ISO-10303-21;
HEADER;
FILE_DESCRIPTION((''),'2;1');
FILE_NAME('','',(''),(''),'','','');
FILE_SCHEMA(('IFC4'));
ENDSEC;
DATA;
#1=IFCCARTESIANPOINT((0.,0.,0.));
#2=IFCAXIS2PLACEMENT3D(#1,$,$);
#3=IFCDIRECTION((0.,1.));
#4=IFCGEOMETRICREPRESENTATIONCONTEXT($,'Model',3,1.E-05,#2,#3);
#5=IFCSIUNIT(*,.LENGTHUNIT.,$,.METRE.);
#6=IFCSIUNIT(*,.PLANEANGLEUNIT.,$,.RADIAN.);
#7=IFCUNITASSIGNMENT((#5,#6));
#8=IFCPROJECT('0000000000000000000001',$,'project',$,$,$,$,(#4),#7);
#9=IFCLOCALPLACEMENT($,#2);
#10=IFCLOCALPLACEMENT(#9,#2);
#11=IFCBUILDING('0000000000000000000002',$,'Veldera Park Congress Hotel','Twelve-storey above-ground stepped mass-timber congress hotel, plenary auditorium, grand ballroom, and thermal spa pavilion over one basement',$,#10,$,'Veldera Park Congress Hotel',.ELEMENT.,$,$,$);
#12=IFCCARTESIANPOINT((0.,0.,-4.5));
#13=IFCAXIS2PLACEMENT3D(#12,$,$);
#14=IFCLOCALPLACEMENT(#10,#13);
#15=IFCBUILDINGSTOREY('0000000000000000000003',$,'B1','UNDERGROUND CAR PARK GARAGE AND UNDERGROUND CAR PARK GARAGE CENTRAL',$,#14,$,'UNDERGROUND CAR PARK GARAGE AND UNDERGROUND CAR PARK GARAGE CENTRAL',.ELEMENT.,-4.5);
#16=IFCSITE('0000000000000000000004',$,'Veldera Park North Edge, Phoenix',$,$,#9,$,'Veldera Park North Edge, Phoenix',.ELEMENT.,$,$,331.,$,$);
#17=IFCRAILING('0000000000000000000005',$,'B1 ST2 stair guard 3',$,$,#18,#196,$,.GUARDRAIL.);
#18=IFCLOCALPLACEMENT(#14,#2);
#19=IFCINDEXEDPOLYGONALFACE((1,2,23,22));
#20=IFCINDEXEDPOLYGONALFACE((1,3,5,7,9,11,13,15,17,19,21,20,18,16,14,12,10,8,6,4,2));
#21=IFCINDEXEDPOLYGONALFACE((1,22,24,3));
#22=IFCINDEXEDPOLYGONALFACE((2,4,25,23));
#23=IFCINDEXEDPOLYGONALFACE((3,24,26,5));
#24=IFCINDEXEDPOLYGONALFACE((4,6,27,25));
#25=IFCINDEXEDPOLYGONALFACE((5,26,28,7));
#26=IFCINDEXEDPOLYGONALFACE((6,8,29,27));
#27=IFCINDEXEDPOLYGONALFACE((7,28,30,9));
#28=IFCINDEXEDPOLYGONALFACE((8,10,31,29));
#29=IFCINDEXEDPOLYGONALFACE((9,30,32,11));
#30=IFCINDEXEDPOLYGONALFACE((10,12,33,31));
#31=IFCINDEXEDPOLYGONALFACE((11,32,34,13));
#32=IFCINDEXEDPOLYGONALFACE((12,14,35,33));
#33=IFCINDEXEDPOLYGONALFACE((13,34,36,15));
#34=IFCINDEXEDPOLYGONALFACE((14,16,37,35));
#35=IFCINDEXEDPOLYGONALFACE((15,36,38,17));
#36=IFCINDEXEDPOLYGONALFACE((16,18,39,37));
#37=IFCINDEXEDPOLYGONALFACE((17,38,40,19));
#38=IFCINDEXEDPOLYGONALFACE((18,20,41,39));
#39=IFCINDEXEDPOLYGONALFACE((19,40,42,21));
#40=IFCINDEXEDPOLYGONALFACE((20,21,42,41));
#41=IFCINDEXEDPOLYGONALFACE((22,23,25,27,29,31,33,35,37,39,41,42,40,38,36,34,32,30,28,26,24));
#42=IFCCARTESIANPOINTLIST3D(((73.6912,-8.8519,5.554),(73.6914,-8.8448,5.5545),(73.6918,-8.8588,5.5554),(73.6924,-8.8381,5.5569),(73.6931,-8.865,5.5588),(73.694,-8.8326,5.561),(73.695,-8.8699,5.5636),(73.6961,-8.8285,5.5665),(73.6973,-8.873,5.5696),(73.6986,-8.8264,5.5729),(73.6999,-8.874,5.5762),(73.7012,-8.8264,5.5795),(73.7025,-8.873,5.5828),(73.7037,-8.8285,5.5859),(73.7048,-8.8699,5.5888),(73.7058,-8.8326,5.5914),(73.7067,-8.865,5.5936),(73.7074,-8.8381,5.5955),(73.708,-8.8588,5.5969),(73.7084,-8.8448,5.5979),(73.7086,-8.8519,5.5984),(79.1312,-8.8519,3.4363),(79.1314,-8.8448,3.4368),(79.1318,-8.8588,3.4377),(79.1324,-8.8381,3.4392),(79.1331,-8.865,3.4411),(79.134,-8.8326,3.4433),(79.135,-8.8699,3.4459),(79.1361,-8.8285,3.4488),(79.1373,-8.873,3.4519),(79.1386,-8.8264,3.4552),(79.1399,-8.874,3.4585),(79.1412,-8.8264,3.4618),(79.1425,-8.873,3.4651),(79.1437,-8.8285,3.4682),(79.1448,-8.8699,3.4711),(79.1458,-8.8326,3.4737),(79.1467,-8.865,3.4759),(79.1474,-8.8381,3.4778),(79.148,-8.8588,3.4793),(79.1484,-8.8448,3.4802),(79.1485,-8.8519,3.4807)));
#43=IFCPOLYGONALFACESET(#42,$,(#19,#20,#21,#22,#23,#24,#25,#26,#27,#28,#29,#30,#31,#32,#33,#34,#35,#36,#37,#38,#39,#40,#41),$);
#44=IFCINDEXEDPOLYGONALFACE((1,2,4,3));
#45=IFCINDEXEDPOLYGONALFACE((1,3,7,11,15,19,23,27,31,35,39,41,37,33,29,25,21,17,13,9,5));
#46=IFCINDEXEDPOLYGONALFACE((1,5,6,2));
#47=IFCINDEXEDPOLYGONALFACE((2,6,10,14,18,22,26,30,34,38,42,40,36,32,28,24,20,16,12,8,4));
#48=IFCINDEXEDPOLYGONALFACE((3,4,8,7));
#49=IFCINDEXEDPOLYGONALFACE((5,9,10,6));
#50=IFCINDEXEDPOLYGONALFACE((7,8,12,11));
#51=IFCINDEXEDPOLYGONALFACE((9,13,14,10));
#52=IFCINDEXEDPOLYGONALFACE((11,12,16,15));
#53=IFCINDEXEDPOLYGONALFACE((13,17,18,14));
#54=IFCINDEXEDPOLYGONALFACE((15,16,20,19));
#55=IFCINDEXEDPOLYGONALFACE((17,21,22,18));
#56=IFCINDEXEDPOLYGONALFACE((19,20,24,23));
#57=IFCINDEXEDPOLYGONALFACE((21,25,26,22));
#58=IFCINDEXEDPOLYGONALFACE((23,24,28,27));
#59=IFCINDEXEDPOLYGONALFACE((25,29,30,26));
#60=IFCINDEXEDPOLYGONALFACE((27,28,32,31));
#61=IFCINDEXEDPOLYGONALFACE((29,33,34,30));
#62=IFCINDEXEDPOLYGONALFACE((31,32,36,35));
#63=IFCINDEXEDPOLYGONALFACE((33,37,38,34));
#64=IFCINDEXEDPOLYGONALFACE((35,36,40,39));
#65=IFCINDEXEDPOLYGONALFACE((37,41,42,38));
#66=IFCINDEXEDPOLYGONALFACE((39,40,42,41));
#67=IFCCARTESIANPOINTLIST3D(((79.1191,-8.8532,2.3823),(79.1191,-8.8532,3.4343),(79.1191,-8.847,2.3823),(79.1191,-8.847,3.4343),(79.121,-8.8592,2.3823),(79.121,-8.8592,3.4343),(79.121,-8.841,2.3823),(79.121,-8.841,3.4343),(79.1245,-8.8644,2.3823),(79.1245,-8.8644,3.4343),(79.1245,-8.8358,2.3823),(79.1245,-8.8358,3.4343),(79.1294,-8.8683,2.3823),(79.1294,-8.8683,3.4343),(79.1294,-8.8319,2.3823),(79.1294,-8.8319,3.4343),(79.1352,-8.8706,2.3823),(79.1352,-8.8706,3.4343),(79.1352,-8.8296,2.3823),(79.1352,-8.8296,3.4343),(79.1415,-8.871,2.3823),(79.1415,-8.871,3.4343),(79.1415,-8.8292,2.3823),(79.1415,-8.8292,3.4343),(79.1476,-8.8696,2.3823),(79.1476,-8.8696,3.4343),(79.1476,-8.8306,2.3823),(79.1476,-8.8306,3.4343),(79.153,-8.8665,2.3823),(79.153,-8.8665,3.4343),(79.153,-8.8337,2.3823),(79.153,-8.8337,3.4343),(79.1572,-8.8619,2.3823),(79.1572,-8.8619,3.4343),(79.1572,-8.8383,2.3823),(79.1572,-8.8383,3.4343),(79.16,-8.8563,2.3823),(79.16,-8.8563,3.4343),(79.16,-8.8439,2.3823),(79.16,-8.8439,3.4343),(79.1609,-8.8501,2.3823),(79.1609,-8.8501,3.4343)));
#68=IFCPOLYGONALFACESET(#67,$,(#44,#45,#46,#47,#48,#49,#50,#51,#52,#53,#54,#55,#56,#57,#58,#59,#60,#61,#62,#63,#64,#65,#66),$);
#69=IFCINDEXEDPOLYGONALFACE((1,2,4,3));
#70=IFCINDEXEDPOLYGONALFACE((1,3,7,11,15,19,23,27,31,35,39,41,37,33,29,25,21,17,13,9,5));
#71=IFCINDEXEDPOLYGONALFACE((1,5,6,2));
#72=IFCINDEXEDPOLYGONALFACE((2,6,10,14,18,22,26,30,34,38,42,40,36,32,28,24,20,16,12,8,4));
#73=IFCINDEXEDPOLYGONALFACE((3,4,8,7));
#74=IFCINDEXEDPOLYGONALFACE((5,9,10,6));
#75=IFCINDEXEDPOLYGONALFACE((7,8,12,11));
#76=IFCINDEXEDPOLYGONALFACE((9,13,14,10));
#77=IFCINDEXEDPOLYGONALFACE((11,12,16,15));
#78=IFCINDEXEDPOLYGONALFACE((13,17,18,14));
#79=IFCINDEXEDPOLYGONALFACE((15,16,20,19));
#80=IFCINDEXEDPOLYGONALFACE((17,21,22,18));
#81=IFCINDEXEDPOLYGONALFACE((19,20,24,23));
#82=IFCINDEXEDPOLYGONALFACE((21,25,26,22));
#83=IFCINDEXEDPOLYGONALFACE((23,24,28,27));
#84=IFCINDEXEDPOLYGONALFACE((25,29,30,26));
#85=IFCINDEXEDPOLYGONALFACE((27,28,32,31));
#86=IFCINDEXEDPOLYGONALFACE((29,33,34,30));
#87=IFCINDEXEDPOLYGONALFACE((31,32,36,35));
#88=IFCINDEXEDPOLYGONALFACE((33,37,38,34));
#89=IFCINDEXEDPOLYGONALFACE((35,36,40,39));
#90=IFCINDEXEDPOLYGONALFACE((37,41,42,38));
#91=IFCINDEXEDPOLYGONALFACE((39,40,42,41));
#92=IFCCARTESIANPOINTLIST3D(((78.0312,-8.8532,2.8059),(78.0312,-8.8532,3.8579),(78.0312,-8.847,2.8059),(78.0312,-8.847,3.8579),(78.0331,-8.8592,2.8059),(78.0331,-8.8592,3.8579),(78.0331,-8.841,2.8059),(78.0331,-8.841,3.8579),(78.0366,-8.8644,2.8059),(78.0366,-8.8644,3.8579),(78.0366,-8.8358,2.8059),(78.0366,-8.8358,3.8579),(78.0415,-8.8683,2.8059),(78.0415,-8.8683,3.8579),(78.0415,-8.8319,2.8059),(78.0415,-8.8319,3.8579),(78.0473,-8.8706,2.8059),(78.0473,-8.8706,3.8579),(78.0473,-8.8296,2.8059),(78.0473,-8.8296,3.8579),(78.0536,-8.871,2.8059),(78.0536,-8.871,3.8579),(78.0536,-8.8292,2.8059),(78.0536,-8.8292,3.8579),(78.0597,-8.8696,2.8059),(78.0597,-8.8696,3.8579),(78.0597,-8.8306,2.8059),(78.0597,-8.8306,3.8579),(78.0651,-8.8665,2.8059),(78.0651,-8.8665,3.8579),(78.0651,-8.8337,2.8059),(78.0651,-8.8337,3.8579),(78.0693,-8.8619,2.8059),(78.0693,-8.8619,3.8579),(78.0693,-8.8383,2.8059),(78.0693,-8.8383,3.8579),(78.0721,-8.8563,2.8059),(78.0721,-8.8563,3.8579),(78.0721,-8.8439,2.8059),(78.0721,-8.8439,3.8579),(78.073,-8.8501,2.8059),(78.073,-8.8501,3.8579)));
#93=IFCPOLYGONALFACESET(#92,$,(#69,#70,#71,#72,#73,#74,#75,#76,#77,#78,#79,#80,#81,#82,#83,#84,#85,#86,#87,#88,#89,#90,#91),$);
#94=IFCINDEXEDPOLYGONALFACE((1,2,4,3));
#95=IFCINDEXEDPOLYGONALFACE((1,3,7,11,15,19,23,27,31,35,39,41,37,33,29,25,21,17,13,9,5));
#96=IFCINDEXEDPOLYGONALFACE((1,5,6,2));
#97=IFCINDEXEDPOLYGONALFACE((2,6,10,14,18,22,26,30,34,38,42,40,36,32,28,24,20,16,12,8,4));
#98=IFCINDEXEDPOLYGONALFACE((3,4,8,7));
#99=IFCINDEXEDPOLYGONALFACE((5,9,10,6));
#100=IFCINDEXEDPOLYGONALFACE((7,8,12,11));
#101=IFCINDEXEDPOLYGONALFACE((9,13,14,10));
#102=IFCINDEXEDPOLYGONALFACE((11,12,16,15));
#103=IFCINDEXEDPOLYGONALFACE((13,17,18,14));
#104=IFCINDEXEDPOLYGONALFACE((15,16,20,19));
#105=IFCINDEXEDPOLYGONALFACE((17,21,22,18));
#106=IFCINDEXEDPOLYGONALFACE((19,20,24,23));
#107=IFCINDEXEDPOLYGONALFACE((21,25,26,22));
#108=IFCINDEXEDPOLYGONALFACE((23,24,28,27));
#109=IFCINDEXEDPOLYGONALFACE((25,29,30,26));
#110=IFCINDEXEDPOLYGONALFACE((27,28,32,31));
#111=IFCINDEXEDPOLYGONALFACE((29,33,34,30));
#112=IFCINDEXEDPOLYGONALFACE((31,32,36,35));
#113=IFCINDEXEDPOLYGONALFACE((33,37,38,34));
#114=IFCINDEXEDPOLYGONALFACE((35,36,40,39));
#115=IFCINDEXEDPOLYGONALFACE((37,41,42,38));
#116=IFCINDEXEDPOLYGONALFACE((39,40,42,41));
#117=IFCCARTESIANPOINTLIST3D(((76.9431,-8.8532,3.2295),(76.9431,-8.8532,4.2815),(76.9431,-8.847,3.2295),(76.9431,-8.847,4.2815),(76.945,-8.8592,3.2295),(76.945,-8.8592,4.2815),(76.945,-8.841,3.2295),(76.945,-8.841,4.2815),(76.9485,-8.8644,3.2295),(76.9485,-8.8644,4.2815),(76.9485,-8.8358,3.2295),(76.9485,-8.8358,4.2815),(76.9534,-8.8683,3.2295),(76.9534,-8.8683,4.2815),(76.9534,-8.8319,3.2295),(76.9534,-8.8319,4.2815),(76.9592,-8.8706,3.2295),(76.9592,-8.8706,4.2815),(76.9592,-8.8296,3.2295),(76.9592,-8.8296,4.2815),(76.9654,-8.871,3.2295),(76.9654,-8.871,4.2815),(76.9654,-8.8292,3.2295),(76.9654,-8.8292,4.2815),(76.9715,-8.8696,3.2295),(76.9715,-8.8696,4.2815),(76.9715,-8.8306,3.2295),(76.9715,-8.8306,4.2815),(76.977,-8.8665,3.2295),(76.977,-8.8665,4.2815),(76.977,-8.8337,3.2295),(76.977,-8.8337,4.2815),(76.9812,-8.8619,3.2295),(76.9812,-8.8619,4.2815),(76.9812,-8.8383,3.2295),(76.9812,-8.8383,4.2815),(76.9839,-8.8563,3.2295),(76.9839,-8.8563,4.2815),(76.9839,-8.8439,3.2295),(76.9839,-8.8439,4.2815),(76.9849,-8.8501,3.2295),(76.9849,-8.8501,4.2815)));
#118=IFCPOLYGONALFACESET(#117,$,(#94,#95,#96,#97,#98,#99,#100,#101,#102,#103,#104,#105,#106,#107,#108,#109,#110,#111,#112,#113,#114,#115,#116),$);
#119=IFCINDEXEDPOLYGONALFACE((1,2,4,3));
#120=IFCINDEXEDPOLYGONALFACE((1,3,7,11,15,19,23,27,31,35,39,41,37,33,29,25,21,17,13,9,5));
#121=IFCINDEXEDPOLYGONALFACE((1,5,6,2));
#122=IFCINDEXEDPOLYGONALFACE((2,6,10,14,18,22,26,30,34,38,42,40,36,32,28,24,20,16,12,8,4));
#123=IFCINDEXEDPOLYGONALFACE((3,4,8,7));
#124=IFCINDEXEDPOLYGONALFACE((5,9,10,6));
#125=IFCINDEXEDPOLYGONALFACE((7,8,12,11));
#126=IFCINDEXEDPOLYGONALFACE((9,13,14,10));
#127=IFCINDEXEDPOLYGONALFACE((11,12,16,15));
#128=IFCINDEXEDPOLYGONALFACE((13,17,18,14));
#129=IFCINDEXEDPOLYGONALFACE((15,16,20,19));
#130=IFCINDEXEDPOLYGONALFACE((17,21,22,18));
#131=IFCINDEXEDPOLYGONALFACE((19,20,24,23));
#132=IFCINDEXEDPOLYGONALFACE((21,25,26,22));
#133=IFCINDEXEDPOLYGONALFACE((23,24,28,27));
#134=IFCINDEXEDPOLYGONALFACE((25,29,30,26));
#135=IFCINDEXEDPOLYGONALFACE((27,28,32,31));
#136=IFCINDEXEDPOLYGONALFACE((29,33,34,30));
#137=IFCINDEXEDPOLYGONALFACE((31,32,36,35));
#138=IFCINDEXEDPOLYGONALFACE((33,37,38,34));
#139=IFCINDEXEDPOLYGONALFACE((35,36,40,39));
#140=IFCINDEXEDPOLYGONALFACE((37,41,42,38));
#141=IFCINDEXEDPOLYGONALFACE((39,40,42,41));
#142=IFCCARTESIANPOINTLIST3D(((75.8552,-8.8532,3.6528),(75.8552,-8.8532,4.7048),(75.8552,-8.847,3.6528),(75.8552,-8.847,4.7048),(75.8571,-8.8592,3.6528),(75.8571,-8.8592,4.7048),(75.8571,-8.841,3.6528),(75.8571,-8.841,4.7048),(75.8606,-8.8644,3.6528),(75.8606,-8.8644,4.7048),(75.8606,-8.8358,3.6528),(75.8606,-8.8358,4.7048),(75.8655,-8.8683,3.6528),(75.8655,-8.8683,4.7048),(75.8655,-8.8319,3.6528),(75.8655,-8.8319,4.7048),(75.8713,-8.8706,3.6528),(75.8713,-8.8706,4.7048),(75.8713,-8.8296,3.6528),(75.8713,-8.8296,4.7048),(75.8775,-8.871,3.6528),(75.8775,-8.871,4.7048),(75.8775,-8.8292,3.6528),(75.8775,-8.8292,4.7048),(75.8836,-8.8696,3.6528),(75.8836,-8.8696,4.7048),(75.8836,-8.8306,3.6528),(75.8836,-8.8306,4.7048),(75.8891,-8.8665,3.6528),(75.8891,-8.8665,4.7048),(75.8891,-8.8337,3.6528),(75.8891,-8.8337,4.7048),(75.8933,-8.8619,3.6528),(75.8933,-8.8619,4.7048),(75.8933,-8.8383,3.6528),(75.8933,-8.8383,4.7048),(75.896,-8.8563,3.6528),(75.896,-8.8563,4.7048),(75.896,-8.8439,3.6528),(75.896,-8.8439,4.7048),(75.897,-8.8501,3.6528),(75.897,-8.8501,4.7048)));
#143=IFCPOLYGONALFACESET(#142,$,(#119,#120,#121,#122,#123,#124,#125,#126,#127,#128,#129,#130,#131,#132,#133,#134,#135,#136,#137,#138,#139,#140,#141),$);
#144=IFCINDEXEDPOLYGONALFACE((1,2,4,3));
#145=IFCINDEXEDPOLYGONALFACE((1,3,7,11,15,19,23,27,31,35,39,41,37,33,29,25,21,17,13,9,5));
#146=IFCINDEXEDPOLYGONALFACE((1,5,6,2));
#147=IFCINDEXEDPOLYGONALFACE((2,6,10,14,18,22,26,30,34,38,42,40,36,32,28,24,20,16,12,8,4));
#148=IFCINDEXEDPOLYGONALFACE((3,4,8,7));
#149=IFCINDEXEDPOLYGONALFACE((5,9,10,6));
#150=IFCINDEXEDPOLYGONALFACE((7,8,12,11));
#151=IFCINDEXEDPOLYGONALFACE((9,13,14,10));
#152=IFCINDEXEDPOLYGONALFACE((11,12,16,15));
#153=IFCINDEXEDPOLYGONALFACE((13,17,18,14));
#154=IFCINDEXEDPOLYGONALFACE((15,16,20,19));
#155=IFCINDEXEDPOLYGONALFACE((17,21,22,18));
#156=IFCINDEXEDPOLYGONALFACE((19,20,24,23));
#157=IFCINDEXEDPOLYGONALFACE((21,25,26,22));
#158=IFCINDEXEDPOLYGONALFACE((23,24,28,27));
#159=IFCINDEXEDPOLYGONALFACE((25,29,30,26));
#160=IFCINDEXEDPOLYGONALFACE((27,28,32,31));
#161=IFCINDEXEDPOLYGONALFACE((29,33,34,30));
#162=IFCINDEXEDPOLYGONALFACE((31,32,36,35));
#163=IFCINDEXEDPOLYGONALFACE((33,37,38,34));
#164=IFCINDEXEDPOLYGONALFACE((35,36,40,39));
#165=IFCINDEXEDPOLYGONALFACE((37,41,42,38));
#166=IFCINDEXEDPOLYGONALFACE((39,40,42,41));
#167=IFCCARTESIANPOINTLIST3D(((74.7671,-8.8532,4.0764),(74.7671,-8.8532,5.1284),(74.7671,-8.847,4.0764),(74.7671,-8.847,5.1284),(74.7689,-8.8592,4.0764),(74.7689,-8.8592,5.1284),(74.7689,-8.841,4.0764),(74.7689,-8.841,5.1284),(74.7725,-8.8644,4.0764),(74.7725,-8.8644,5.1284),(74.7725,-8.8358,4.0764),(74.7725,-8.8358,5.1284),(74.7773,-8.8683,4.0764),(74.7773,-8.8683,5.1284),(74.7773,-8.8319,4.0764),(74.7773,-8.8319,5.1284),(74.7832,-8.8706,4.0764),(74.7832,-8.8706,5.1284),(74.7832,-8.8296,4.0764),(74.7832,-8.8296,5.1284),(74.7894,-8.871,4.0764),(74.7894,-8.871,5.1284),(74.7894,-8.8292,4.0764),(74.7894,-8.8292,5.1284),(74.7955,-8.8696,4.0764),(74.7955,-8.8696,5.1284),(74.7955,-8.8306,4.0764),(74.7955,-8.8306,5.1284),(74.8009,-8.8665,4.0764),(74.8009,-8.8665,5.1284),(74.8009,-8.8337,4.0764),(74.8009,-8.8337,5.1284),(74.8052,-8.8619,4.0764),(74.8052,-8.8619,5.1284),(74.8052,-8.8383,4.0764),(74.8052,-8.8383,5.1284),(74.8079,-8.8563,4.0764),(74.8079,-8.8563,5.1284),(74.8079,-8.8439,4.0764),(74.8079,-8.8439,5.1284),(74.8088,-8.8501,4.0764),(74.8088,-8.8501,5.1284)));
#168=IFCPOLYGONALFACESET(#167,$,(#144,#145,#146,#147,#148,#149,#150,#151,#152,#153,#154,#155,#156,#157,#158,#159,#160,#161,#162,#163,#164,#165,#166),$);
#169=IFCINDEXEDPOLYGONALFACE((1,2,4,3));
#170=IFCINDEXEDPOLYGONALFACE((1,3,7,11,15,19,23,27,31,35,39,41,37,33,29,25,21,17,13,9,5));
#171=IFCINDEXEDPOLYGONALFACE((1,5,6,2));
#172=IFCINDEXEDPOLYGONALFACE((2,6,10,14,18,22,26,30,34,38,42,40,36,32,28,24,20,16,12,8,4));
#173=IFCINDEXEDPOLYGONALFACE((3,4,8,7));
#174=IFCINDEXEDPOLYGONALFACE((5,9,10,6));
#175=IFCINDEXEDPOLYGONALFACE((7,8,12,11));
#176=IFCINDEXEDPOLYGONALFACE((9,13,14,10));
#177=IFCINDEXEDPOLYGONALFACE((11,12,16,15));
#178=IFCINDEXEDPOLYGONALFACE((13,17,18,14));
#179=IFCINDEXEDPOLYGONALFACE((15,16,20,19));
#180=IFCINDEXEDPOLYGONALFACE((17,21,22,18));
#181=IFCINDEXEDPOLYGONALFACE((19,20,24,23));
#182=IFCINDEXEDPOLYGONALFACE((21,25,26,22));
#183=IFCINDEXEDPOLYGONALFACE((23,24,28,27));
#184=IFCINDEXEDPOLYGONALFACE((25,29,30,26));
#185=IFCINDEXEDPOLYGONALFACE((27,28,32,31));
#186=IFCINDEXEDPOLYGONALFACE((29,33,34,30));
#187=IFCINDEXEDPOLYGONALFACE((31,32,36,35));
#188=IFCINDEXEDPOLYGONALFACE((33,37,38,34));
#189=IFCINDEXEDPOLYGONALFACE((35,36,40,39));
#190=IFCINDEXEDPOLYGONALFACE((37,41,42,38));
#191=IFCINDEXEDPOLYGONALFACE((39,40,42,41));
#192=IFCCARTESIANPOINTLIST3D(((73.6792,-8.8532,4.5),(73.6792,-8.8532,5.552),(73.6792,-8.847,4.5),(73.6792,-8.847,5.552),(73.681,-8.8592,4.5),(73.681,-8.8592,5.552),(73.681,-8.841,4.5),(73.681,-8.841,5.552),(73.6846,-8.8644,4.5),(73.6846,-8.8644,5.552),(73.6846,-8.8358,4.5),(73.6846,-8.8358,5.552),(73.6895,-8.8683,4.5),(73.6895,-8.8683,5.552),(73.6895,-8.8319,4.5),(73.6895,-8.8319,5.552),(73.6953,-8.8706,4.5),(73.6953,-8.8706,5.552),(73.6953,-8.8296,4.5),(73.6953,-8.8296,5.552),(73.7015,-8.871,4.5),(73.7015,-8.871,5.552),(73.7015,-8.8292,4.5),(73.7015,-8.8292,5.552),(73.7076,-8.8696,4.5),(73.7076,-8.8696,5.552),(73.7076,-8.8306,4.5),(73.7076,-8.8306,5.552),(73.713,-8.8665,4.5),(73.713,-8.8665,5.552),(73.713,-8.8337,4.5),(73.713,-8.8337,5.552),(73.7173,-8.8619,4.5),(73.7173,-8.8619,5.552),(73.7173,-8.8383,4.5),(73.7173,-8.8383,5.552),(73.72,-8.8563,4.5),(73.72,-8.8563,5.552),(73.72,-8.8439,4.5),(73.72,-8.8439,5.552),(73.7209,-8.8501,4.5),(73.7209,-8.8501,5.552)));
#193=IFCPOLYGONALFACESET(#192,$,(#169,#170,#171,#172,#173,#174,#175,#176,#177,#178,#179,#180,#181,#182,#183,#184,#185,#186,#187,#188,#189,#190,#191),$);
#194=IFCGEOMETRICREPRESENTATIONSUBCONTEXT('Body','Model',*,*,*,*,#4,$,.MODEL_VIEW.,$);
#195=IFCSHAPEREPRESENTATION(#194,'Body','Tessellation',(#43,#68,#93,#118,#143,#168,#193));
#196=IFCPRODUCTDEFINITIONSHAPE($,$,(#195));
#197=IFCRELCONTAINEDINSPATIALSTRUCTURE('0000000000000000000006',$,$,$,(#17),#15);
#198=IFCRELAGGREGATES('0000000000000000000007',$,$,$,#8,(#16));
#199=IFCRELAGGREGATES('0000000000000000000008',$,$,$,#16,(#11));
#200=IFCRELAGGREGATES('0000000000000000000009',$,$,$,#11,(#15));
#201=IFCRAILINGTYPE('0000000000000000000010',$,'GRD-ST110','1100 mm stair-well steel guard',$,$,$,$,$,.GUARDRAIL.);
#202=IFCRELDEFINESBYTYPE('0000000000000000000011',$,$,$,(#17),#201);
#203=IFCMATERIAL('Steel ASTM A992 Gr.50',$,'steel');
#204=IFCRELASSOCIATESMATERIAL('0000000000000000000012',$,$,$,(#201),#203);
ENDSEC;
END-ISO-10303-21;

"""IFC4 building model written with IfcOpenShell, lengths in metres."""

from ifc_helpers import new_model, si_unit, direction, frame, origin, origin_2d, place, context, subcontext, project, spatial, circle, extrude, material, type_object, element, save


model = new_model("IFC4")

# Units and contexts
model_context = context("Model", 3, precision=1e-05, world=origin(), true_north=direction((0.0, 1.0)))
body_context = subcontext(model_context, "Body", "Model", "MODEL_VIEW")
ifc_project = project(units=[si_unit("LENGTHUNIT", "METRE"), si_unit("PLANEANGLEUNIT", "RADIAN")], contexts=[model_context])

# Site, building, storey
site_placement = place(None, origin())
site = spatial("IfcSite", under=ifc_project, at=site_placement, Name="Veldera Park North Edge, Phoenix", LongName="Veldera Park North Edge, Phoenix", CompositionType="ELEMENT", RefElevation=331.0)
building_placement = place(site_placement, origin())
building = spatial("IfcBuilding", under=site, at=building_placement, Name="Veldera Park Congress Hotel", Description="Twelve-storey above-ground stepped mass-timber congress hotel, plenary auditorium, grand ballroom, and thermal spa pavilion over one basement", LongName="Veldera Park Congress Hotel", CompositionType="ELEMENT")
storey_placement = place(building_placement, frame((0.0, 0.0, -4.5)))
storey = spatial("IfcBuildingStorey", under=building, at=storey_placement, Name="B1", Description="UNDERGROUND CAR PARK GARAGE AND UNDERGROUND CAR PARK GARAGE CENTRAL", LongName="UNDERGROUND CAR PARK GARAGE AND UNDERGROUND CAR PARK GARAGE CENTRAL", CompositionType="ELEMENT", Elevation=-4.5)

# Railing
ifc_material_1 = material(Name="Steel ASTM A992 Gr.50", Category="steel")
railing_type_1 = type_object("IfcRailingType", Name="GRD-ST110", Description="1100 mm stair-well steel guard", PredefinedType="GUARDRAIL", material=ifc_material_1)
railing_1_placement = place(storey_placement, frame((79.1399, -8.8501, 2.3823)))
element("IfcRailing", 1, at=railing_1_placement, inside=storey, type_object=railing_type_1, Name="B1 ST2 stair guard 3", PredefinedType="GUARDRAIL", context=body_context, shape_type="SweptSolid", body=[
    extrude(circle(Radius=0.0239, at=origin_2d()), frame((0.0, 0.0, 1.0762), z_axis=(-0.931881, 0.0, 0.362765), x_axis=(0.0, -1.0, 0.0)), (0.0, 0.0, 1.0), 5.8376),
    extrude(circle(Radius=0.021, at=origin_2d()), origin(), (0.0, 0.0, 1.0), 1.052),
    extrude(circle(Radius=0.021, at=origin_2d()), frame((-1.0879, 0.0, 0.4236)), (0.0, 0.0, 1.0), 1.052),
    extrude(circle(Radius=0.021, at=origin_2d()), frame((-2.176, 0.0, 0.8472)), (0.0, 0.0, 1.0), 1.052),
    extrude(circle(Radius=0.021, at=origin_2d()), frame((-3.2639, 0.0, 1.2705)), (0.0, 0.0, 1.0), 1.052),
    extrude(circle(Radius=0.021, at=origin_2d()), frame((-4.3521, 0.0, 1.6941)), (0.0, 0.0, 1.0), 1.052),
    extrude(circle(Radius=0.021, at=origin_2d()), frame((-5.4399, 0.0, 2.1177)), (0.0, 0.0, 1.0), 1.052),
])

save(model, "model.ifc")
